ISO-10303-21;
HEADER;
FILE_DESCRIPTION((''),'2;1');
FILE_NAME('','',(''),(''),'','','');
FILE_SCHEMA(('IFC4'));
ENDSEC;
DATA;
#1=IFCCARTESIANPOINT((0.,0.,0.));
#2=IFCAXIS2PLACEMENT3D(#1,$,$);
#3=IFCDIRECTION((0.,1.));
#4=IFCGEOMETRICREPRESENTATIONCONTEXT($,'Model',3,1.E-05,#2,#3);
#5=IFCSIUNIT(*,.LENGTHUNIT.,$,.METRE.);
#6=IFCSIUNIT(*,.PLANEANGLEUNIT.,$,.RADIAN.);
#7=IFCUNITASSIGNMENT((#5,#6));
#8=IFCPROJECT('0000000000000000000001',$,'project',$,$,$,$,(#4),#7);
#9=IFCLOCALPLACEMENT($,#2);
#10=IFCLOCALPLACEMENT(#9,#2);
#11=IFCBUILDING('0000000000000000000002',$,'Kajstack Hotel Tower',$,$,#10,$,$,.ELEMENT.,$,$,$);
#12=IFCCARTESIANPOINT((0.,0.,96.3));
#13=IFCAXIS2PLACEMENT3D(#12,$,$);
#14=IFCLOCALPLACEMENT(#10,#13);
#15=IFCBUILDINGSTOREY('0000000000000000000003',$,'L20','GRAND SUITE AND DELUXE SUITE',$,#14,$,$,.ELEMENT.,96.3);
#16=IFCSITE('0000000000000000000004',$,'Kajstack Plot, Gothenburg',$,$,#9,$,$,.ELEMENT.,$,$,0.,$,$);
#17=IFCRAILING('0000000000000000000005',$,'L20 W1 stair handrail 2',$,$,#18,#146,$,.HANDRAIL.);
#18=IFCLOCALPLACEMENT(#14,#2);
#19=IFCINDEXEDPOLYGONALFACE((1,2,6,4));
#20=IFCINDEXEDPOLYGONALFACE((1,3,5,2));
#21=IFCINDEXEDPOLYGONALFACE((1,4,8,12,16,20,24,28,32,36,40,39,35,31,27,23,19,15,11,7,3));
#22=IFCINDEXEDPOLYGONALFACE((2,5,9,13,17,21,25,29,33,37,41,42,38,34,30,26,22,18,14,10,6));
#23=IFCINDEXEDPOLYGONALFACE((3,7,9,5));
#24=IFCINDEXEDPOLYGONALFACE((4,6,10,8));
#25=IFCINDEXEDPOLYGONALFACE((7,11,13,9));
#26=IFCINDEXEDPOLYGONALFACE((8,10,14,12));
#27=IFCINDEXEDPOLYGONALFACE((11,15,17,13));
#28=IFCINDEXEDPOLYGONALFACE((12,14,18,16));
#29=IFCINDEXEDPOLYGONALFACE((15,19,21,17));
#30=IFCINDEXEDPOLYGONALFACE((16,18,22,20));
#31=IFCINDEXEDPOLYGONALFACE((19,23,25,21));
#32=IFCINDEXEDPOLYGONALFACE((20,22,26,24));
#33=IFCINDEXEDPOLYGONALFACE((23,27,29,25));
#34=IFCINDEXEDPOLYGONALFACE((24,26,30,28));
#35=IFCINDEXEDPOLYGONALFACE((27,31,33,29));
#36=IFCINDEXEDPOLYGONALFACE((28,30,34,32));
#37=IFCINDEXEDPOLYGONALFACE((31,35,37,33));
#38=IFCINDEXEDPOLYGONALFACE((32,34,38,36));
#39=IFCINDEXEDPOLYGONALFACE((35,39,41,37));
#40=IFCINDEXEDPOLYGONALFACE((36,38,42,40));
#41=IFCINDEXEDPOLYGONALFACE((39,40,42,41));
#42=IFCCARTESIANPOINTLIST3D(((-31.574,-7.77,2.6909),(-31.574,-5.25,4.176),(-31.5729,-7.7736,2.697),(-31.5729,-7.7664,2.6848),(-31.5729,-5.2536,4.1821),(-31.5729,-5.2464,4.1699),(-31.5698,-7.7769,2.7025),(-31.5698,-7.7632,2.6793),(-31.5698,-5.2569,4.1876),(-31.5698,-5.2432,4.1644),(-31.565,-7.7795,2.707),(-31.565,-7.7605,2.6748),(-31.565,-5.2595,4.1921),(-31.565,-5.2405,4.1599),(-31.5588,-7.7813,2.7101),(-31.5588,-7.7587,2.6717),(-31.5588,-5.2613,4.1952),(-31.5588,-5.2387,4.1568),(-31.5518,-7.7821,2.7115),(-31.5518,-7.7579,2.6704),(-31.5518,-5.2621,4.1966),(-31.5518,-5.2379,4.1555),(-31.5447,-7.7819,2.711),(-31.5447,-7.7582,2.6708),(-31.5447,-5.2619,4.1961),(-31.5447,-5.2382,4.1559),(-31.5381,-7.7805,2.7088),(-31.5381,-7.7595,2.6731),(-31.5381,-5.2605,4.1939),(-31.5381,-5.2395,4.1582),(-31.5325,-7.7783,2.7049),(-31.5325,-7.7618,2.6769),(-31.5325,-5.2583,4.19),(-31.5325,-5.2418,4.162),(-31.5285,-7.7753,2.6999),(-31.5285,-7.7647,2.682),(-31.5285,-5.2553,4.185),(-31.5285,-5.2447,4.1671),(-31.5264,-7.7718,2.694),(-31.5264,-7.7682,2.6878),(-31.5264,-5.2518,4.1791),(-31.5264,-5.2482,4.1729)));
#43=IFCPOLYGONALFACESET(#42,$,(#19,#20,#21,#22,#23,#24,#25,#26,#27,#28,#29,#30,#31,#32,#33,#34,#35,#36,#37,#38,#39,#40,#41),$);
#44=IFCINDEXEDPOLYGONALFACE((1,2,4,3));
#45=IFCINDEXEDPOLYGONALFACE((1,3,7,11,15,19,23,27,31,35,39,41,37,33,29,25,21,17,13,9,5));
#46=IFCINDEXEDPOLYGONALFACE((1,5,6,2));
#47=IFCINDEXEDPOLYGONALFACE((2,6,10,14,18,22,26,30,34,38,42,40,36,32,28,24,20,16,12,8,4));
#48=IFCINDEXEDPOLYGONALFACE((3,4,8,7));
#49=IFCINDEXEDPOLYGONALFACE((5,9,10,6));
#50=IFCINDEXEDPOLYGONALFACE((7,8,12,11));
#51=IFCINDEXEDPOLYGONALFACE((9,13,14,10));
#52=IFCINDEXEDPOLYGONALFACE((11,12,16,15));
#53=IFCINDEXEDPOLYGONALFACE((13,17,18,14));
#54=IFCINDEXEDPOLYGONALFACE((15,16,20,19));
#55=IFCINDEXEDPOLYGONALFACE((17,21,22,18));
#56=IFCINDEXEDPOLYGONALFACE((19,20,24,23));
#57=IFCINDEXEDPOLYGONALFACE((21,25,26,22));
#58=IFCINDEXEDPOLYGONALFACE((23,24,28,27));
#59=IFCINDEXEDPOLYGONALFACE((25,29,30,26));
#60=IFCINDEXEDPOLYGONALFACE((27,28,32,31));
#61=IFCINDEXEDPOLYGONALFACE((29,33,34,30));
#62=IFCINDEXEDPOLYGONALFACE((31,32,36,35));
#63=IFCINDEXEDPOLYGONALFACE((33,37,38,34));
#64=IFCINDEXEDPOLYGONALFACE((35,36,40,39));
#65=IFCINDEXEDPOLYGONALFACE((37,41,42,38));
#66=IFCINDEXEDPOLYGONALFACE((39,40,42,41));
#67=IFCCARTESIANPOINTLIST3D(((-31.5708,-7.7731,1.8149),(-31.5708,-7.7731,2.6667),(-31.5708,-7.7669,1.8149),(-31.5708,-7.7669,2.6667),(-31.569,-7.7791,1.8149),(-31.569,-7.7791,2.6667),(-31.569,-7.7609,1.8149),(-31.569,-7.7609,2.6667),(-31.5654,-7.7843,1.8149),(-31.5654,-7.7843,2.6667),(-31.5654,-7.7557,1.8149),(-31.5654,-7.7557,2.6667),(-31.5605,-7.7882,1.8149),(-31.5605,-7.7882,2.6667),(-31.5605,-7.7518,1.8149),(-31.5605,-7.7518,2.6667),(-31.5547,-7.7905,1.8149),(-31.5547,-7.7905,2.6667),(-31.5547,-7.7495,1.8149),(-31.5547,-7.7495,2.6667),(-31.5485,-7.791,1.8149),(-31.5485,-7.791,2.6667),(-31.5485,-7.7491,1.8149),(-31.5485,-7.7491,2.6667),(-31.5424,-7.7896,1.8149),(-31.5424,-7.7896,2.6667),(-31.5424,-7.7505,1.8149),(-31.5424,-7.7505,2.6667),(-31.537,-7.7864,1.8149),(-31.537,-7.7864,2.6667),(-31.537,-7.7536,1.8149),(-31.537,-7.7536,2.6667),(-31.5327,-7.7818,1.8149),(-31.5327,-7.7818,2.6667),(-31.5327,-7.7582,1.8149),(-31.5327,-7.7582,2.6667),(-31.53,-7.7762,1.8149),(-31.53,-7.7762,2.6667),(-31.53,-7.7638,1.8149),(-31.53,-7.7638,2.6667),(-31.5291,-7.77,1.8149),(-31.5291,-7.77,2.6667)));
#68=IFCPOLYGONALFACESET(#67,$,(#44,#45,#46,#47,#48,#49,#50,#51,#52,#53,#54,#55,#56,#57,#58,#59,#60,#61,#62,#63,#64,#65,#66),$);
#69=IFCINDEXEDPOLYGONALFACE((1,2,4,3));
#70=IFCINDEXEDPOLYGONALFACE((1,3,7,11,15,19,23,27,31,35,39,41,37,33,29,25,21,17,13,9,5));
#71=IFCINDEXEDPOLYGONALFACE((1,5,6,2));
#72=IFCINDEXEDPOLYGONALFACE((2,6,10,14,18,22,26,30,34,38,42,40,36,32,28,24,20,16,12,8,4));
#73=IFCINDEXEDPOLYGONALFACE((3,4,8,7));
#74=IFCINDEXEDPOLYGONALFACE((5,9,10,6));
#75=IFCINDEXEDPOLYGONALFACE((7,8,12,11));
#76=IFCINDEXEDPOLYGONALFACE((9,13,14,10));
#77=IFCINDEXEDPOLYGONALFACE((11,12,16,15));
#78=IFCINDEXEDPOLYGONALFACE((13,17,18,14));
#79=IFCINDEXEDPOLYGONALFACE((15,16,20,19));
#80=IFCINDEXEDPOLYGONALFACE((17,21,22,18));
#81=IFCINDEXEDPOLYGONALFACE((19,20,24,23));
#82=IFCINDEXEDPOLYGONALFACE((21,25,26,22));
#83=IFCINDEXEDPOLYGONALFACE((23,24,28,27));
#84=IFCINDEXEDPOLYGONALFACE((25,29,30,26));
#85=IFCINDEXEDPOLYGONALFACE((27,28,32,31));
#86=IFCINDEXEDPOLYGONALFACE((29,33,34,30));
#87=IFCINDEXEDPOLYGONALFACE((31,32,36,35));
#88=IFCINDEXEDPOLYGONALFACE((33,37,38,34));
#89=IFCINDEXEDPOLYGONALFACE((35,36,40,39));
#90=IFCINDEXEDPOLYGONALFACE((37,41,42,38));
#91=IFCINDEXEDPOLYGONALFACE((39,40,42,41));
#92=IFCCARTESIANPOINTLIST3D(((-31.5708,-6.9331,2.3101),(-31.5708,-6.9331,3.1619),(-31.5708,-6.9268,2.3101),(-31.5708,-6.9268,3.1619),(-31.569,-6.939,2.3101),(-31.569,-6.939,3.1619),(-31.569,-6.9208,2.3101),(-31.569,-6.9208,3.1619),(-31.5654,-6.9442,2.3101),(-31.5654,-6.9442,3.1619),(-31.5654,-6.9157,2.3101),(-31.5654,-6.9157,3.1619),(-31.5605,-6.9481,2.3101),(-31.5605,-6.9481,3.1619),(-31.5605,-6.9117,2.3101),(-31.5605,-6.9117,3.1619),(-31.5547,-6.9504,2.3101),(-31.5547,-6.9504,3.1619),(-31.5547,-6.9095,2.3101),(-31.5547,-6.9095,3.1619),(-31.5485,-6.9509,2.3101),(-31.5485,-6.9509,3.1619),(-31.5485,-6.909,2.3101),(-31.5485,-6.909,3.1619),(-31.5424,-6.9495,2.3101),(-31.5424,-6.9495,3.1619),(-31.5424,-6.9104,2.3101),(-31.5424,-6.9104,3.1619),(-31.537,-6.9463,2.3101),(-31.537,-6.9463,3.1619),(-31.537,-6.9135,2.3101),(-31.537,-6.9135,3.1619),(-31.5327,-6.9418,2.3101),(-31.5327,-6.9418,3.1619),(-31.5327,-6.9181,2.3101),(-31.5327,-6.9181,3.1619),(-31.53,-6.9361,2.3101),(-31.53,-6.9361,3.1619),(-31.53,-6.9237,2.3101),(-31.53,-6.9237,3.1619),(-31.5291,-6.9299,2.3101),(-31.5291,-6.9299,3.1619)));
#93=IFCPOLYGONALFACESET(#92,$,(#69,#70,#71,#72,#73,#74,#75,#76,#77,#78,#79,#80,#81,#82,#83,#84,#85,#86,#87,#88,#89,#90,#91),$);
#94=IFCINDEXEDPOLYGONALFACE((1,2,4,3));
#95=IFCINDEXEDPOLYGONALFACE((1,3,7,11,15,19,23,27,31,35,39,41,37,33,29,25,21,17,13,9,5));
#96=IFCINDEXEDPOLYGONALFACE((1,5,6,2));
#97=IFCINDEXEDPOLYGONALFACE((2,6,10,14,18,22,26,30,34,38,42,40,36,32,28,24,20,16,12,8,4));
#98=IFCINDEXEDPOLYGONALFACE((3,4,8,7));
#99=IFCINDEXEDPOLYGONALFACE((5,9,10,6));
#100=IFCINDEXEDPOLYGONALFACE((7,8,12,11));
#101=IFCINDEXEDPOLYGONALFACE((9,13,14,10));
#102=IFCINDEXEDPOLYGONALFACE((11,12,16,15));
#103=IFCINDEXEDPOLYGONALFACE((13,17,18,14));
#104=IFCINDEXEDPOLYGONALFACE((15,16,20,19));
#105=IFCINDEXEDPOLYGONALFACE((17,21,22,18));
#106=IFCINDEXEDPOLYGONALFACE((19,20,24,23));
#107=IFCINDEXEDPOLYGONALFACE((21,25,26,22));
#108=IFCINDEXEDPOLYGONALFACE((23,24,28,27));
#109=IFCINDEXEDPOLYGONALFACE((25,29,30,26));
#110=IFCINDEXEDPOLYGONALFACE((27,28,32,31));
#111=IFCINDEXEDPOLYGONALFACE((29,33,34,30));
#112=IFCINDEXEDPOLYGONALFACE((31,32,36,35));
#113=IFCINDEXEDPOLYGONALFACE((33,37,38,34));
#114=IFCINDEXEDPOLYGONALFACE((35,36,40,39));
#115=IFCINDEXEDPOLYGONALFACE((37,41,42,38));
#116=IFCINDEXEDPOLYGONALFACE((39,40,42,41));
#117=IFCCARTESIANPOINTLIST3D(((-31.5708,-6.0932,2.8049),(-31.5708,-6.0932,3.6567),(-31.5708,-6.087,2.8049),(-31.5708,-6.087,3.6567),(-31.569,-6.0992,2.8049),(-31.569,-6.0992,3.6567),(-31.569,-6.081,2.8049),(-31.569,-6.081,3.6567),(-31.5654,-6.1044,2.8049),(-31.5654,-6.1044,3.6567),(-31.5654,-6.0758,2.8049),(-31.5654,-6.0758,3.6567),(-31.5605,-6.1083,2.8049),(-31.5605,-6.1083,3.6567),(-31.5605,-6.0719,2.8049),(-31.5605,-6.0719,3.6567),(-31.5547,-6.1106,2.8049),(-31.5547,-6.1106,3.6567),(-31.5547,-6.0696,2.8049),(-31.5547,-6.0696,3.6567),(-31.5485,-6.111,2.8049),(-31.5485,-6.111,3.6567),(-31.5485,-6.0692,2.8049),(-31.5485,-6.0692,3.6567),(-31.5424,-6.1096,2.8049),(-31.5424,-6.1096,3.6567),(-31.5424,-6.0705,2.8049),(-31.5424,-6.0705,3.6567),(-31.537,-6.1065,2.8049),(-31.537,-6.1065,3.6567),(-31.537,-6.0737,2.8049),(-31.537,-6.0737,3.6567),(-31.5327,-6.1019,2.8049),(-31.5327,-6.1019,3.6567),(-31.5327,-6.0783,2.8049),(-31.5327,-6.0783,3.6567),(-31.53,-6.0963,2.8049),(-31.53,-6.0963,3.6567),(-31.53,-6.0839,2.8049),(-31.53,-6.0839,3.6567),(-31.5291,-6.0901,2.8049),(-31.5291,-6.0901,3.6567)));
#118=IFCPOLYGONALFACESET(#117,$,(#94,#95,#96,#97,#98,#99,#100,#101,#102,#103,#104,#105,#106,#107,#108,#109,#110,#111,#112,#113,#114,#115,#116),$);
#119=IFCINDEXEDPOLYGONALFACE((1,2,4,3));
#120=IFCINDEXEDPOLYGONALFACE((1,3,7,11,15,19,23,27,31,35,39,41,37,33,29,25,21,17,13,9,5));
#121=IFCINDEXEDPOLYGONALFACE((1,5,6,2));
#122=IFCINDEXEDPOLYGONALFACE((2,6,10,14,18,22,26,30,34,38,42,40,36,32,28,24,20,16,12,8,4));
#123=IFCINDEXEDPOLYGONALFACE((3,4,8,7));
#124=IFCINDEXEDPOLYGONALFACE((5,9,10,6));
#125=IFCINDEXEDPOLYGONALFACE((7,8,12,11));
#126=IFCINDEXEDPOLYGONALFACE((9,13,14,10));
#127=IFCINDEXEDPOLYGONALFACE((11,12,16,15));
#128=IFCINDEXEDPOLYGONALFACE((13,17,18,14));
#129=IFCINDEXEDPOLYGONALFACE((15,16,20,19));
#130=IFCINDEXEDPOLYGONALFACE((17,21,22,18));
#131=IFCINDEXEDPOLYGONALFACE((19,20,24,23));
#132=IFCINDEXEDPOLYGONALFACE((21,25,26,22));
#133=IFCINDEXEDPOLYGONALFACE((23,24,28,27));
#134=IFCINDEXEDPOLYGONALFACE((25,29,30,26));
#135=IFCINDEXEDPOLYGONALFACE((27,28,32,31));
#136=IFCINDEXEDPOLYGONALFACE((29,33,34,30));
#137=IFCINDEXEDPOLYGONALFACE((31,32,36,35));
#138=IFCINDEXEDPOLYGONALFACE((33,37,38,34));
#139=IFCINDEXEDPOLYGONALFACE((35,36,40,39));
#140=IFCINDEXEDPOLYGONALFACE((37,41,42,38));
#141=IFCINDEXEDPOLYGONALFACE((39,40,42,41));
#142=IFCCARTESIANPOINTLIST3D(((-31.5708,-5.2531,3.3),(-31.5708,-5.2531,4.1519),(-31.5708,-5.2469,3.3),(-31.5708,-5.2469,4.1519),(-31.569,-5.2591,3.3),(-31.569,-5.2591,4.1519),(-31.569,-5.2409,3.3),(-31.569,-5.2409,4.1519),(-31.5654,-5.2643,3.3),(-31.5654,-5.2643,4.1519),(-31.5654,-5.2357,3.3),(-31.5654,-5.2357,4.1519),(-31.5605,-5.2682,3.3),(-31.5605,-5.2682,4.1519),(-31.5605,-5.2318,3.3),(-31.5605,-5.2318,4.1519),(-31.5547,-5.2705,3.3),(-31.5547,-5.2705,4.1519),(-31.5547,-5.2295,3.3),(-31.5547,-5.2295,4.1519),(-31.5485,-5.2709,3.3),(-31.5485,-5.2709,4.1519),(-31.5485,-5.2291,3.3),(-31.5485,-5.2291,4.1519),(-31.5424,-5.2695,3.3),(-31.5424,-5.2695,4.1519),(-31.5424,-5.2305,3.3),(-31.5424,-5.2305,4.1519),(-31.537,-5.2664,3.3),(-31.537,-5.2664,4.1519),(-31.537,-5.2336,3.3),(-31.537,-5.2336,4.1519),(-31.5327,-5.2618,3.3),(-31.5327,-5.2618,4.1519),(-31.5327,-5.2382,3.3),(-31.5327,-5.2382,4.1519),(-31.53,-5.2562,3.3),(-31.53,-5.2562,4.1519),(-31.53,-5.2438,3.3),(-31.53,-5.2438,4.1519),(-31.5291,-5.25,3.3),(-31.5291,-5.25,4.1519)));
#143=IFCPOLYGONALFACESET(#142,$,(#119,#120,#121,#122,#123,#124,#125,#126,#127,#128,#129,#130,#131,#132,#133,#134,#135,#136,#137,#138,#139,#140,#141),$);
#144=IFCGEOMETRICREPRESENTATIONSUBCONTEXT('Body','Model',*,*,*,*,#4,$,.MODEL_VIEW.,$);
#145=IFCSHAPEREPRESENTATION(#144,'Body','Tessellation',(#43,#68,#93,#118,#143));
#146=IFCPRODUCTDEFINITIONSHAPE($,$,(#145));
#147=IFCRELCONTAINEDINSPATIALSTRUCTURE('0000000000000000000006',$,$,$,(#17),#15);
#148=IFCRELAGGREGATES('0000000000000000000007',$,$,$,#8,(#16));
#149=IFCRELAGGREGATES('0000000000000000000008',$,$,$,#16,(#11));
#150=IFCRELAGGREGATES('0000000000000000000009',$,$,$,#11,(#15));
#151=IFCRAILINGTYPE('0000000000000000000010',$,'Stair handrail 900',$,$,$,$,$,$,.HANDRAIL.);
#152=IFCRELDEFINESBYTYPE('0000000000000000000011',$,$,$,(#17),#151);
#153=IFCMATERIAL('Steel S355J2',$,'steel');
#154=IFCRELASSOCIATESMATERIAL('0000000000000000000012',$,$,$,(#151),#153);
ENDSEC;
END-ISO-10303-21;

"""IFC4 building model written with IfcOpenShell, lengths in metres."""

from ifc_helpers import new_model, si_unit, direction, frame, origin, origin_2d, place, context, subcontext, project, spatial, circle, extrude, material, type_object, element, save


model = new_model("IFC4")

# Units and contexts
model_context = context("Model", 3, precision=1e-05, world=origin(), true_north=direction((0.0, 1.0)))
body_context = subcontext(model_context, "Body", "Model", "MODEL_VIEW")
ifc_project = project(units=[si_unit("LENGTHUNIT", "METRE"), si_unit("PLANEANGLEUNIT", "RADIAN")], contexts=[model_context])

# Site, building, storey
site_placement = place(None, origin())
site = spatial("IfcSite", under=ifc_project, at=site_placement, Name="Kajstack Plot, Gothenburg", CompositionType="ELEMENT", RefElevation=0.0)
building_placement = place(site_placement, origin())
building = spatial("IfcBuilding", under=site, at=building_placement, Name="Kajstack Hotel Tower", CompositionType="ELEMENT")
storey_placement = place(building_placement, frame((0.0, 0.0, 96.3)))
storey = spatial("IfcBuildingStorey", under=building, at=storey_placement, Name="L20", Description="GRAND SUITE AND DELUXE SUITE", CompositionType="ELEMENT", Elevation=96.3)

# Railing
ifc_material_1 = material(Name="Steel S355J2", Category="steel")
railing_type = type_object("IfcRailingType", Name="Stair handrail 900", PredefinedType="HANDRAIL", material=ifc_material_1)
railing_placement = place(storey_placement, frame((-31.55, -7.77, 1.8149)))
element("IfcRailing", 1, at=railing_placement, inside=storey, type_object=railing_type, Name="L20 W1 stair handrail 2", PredefinedType="HANDRAIL", context=body_context, shape_type="SweptSolid", body=[
    extrude(circle(Radius=0.0239, at=origin_2d()), frame((0.0, 0.0, 0.876), z_axis=(0.0, 0.861524, 0.507717), x_axis=(-1.0, 0.0, 0.0)), (0.0, 0.0, 1.0), 2.925),
    extrude(circle(Radius=0.021, at=origin_2d()), origin(), (0.0, 0.0, 1.0), 0.8518),
    extrude(circle(Radius=0.021, at=origin_2d()), frame((0.0, 0.8401, 0.4951)), (0.0, 0.0, 1.0), 0.8518),
    extrude(circle(Radius=0.021, at=origin_2d()), frame((0.0, 1.6799, 0.99)), (0.0, 0.0, 1.0), 0.8518),
    extrude(circle(Radius=0.021, at=origin_2d()), frame((0.0, 2.52, 1.4851)), (0.0, 0.0, 1.0), 0.8518),
])

save(model, "model.ifc")
